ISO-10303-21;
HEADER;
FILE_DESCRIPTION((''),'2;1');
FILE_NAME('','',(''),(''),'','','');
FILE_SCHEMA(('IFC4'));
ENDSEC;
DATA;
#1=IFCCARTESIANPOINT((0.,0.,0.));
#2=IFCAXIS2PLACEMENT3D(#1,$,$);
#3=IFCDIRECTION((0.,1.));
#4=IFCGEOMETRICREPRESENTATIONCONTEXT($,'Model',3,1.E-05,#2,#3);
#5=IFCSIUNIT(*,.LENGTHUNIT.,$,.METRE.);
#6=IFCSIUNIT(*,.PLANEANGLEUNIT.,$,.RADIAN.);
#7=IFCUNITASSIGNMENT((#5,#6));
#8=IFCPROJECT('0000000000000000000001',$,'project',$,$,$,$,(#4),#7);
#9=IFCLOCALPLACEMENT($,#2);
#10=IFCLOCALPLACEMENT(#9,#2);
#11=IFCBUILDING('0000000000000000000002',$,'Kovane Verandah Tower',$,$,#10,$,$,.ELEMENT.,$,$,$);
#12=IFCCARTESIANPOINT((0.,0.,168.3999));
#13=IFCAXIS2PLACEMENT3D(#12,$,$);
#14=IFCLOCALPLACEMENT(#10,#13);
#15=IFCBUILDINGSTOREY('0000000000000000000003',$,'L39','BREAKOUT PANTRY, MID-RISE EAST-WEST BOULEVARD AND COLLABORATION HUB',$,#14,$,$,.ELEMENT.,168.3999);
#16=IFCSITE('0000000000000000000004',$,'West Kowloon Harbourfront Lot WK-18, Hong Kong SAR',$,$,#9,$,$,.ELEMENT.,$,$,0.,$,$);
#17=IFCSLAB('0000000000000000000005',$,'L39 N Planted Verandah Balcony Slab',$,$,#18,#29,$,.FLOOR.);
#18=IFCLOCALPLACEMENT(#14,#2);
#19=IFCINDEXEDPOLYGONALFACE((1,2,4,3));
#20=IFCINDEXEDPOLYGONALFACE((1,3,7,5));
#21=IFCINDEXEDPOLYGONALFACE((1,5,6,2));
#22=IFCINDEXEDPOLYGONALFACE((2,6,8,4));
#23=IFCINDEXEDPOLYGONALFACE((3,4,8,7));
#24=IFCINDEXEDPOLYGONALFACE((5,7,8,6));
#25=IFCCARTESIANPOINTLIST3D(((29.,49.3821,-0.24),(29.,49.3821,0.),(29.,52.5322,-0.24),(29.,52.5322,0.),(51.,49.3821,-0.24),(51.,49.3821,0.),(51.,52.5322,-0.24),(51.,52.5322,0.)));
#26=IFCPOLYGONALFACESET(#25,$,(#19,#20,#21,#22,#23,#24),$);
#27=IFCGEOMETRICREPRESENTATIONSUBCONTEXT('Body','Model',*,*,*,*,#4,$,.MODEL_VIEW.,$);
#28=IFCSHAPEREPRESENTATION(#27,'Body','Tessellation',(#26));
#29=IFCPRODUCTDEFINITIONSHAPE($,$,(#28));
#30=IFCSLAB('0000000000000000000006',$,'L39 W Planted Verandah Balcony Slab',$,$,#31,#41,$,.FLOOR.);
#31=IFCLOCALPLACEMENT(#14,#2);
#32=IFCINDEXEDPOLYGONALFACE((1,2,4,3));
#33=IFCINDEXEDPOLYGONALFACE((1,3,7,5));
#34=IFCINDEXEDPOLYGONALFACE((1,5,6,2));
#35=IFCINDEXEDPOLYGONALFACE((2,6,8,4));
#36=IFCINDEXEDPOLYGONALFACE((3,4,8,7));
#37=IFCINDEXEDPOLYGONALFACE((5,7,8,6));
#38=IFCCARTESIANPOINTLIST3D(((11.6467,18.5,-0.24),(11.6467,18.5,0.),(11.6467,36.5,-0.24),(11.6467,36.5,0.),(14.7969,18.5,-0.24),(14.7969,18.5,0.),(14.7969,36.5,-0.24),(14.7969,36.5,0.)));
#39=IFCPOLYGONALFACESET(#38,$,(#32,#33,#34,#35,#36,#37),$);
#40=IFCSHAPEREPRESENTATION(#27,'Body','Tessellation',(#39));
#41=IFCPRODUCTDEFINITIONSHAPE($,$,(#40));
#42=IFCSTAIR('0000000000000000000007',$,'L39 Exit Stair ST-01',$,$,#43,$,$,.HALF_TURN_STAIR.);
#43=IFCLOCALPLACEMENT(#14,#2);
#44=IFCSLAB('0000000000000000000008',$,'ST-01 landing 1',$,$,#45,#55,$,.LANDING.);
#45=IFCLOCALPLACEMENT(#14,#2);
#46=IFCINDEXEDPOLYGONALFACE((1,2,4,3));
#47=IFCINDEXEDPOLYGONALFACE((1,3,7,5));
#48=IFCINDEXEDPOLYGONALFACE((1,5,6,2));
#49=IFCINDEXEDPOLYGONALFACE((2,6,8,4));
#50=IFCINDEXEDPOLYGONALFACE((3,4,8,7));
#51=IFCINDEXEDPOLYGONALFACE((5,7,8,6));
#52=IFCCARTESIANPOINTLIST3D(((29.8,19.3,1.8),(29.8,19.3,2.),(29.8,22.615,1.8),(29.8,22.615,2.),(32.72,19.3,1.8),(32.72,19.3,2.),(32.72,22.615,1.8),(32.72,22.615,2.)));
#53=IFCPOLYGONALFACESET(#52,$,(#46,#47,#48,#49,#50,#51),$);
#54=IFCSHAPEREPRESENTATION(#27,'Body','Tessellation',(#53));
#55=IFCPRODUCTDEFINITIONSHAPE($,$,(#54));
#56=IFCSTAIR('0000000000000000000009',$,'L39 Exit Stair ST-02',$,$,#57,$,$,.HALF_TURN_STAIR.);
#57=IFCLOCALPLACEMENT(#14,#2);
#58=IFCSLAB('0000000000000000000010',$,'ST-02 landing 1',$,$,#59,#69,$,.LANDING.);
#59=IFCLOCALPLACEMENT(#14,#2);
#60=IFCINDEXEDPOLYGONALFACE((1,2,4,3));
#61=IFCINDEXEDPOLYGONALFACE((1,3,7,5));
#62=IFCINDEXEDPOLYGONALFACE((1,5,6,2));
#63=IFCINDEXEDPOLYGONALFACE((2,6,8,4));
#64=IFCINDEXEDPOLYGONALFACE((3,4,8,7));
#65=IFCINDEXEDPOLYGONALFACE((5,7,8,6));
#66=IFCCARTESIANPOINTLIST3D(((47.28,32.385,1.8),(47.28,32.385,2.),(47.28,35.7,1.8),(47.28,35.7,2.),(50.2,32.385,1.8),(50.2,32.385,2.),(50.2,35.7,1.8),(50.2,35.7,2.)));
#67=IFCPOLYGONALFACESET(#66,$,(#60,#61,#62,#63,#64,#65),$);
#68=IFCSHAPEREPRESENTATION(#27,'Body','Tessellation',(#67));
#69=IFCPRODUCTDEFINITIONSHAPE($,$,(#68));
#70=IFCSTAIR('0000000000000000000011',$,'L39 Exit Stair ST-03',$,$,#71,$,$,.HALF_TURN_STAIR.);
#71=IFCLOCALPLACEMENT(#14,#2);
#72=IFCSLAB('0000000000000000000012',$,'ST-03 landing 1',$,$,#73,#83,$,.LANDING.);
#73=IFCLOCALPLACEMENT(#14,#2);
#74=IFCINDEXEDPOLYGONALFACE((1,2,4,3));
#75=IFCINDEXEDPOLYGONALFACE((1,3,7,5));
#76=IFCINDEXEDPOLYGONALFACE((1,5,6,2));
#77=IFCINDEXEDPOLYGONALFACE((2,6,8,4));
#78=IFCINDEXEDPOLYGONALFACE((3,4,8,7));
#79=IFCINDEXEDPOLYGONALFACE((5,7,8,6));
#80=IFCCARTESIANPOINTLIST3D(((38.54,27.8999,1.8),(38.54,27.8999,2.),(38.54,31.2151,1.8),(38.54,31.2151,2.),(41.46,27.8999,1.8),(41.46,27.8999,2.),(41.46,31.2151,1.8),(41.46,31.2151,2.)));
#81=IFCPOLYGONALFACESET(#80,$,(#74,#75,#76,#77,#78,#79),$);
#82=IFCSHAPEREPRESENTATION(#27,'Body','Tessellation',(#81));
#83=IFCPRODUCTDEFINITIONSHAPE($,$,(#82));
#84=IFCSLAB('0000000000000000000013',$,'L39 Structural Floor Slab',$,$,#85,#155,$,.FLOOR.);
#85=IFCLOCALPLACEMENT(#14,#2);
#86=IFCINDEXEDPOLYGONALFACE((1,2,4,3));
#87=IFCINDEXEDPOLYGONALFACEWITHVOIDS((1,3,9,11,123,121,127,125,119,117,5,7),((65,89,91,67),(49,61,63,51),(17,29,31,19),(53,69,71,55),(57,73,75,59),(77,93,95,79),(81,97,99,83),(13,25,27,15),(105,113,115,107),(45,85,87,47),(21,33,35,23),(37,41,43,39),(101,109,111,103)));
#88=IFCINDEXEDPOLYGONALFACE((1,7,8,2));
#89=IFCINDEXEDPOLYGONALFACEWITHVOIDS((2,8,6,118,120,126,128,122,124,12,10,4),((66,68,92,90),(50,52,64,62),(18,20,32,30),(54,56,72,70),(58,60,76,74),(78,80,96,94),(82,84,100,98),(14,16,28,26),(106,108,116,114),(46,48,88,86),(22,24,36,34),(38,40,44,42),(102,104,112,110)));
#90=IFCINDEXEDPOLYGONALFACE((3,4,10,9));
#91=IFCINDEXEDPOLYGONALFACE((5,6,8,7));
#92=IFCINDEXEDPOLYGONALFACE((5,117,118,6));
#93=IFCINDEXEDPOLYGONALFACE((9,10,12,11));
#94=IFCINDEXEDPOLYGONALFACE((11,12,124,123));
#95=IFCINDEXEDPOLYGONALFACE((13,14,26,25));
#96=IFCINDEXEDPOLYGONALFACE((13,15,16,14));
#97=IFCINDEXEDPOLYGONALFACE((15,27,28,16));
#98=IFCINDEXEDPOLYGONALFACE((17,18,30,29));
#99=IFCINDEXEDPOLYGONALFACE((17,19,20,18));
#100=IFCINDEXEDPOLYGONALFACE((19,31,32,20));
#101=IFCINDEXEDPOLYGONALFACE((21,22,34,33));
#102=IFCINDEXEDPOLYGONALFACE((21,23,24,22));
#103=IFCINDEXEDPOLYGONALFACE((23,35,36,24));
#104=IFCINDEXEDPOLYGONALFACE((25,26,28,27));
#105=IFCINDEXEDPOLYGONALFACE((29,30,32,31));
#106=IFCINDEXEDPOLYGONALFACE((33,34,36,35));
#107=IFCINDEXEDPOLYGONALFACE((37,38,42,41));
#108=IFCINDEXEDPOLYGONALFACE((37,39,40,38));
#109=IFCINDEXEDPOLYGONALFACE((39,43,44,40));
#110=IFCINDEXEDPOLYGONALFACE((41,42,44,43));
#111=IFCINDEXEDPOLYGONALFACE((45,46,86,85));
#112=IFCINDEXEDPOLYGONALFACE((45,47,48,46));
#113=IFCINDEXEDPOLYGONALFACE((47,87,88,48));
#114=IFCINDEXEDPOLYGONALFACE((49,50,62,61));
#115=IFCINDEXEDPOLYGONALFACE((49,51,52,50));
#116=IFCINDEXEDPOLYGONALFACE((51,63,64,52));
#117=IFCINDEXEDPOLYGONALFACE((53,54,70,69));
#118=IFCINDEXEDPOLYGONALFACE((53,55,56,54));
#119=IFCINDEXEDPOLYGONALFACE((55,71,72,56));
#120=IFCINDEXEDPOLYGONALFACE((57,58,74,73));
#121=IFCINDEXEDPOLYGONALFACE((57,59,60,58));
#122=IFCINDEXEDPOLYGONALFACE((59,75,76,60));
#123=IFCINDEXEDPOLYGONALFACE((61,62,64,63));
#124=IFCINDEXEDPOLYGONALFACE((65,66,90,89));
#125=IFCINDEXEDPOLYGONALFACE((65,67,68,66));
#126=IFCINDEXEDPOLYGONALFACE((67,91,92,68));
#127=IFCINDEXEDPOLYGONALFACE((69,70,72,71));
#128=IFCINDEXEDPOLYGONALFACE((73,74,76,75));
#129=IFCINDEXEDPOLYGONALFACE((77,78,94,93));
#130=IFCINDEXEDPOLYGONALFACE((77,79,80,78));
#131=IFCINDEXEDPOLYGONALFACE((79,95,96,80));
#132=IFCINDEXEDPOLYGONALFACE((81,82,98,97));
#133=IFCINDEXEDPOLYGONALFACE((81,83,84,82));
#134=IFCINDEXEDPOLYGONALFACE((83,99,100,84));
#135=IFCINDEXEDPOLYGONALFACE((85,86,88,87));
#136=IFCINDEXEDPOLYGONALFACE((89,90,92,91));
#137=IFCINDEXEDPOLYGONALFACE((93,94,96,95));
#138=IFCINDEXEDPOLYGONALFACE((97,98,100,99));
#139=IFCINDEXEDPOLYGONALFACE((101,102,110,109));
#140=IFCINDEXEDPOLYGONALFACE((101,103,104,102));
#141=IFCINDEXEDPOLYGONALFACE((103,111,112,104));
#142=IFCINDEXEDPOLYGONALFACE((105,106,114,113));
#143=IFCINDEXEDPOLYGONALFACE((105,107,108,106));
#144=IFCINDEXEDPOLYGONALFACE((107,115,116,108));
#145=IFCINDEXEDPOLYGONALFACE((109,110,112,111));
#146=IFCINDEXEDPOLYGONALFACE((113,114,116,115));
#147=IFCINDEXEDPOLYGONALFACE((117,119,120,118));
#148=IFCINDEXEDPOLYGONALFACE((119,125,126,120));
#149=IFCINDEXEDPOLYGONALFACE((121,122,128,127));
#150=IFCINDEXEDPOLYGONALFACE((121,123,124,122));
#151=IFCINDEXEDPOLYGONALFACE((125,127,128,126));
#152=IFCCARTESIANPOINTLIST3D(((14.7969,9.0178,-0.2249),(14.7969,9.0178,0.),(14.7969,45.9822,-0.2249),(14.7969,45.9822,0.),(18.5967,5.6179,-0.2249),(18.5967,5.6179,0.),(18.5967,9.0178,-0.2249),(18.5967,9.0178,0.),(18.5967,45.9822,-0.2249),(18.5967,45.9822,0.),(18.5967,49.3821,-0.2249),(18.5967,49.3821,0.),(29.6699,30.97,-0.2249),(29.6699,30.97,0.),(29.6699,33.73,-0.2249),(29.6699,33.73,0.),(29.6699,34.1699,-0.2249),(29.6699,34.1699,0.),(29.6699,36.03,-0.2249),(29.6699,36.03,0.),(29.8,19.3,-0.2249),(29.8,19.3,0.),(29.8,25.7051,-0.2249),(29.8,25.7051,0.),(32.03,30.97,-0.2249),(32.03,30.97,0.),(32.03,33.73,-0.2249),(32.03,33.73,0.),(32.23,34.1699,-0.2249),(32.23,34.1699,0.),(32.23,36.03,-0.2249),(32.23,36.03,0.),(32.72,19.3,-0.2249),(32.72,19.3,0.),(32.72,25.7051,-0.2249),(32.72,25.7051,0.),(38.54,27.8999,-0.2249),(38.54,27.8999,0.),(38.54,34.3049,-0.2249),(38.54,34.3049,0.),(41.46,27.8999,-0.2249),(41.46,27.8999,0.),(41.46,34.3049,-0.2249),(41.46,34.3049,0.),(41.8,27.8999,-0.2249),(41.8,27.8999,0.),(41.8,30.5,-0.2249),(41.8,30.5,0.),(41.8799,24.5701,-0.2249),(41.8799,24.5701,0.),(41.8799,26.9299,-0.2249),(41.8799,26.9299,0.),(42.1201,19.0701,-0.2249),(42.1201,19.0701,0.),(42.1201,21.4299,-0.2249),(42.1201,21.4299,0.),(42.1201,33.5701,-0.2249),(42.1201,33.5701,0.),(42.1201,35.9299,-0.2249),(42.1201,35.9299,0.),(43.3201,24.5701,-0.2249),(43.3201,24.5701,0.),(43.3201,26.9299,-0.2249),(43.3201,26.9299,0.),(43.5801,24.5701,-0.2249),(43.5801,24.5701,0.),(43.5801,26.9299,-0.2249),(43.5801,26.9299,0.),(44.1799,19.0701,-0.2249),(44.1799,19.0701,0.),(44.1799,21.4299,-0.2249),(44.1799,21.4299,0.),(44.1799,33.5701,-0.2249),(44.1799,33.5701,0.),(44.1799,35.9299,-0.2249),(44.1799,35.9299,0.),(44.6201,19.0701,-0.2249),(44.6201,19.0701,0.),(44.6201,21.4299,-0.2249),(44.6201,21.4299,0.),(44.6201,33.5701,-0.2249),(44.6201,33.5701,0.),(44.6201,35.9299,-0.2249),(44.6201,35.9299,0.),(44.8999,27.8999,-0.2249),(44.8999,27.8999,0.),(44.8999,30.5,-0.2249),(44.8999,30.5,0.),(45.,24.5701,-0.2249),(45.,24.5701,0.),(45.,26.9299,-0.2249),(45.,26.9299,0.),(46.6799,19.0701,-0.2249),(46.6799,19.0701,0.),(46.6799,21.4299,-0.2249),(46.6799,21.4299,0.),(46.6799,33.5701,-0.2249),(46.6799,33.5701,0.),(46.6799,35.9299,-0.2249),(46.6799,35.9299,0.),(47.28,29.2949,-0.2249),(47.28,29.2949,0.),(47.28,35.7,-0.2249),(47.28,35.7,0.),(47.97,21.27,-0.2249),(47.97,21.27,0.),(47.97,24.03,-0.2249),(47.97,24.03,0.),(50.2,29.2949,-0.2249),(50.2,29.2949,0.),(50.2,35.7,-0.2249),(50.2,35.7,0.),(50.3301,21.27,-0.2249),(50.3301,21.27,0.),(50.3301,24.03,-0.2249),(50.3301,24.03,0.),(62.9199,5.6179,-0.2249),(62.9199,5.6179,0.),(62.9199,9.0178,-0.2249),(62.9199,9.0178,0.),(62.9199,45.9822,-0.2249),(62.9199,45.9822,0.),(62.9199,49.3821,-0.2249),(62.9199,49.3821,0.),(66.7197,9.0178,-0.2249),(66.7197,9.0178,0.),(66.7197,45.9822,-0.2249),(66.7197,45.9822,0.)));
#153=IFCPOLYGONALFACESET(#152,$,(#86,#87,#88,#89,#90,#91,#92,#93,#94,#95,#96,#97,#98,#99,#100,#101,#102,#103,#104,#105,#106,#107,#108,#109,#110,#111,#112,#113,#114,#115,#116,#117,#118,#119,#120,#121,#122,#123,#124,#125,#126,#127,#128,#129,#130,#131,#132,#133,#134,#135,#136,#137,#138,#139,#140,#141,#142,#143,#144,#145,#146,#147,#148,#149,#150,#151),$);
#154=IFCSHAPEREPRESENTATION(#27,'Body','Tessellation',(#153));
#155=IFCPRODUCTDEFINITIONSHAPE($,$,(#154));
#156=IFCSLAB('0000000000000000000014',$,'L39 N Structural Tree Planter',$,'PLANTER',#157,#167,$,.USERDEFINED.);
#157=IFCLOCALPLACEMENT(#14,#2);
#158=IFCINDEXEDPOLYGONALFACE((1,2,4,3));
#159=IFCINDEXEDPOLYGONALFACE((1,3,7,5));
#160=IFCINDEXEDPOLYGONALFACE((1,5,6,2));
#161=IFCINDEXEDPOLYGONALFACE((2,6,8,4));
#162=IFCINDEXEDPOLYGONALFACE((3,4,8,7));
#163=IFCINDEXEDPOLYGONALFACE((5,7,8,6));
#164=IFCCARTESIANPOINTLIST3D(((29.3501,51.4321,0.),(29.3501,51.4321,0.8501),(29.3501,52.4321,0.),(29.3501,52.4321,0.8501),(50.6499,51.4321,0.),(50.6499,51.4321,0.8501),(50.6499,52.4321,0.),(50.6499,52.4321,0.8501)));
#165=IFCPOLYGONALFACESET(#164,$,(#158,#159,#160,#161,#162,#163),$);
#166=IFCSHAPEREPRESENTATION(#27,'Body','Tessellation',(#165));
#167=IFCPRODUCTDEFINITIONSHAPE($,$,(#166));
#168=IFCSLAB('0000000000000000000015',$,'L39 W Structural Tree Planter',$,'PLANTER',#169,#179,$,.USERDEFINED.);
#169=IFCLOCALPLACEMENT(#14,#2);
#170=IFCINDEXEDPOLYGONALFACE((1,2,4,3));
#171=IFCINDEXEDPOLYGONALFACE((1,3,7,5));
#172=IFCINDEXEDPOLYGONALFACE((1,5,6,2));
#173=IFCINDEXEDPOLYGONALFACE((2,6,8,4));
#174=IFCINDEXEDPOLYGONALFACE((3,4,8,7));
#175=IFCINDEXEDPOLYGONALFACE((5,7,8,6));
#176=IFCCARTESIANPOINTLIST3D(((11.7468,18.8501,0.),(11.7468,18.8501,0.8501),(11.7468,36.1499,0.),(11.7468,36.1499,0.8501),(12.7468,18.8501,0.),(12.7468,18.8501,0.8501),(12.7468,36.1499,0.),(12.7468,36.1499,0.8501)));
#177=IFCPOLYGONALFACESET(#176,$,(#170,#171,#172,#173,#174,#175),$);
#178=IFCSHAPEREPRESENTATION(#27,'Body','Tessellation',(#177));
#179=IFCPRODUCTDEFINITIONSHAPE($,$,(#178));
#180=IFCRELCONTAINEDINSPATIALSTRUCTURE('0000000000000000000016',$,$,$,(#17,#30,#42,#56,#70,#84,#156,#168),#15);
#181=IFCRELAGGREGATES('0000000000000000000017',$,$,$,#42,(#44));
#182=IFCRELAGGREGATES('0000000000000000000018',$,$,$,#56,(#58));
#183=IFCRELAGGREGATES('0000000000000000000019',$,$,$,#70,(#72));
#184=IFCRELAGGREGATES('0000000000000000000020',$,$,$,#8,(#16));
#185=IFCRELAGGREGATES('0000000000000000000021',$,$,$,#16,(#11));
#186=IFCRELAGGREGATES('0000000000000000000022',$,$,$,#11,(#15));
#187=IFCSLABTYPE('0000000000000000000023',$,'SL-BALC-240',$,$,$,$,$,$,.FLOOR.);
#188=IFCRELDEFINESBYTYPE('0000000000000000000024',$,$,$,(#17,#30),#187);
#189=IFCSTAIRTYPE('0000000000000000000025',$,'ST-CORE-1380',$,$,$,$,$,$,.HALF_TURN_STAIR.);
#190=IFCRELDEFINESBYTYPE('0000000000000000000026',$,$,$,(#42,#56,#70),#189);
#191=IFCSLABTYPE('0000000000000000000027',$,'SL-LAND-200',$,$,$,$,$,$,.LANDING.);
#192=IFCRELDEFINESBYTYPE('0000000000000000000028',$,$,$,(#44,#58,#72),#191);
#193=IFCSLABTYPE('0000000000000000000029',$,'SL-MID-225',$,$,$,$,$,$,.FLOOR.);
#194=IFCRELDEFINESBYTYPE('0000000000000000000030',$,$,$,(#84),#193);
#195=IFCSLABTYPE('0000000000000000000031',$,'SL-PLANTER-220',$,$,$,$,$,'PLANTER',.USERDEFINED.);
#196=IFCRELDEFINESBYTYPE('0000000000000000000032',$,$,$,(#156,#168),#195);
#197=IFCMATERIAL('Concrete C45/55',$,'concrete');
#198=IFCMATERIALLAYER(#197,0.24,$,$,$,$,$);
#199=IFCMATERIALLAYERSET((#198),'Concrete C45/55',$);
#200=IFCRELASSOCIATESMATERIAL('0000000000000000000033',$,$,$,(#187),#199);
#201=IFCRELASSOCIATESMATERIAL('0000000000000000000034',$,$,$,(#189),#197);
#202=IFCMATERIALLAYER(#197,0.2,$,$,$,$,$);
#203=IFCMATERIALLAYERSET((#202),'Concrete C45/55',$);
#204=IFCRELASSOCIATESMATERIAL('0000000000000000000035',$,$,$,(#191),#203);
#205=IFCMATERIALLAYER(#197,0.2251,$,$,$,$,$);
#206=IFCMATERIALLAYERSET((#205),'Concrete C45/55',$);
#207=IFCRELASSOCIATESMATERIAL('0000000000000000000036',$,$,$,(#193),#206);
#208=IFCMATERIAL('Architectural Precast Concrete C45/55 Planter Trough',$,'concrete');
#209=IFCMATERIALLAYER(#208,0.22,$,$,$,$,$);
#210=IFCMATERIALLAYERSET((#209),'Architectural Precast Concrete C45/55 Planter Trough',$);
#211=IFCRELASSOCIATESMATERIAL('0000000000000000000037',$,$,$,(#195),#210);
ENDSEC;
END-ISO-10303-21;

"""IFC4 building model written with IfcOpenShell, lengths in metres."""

from ifc_helpers import new_model, si_unit, direction, frame, origin, place, context, subcontext, project, spatial, polyline, outline, extrude, material, layer, layer_set, type_object, element, aggregate, save


model = new_model("IFC4")

# Units and contexts
model_context = context("Model", 3, precision=1e-05, world=origin(), true_north=direction((0.0, 1.0)))
body_context = subcontext(model_context, "Body", "Model", "MODEL_VIEW")
ifc_project = project(units=[si_unit("LENGTHUNIT", "METRE"), si_unit("PLANEANGLEUNIT", "RADIAN")], contexts=[model_context])

# Site, building, storey
site_placement = place(None, origin())
site = spatial("IfcSite", under=ifc_project, at=site_placement, Name="West Kowloon Harbourfront Lot WK-18, Hong Kong SAR", CompositionType="ELEMENT", RefElevation=0.0)
building_placement = place(site_placement, origin())
building = spatial("IfcBuilding", under=site, at=building_placement, Name="Kovane Verandah Tower", CompositionType="ELEMENT")
storey_placement = place(building_placement, frame((0.0, 0.0, 168.3999)))
storey = spatial("IfcBuildingStorey", under=building, at=storey_placement, Name="L39", Description="BREAKOUT PANTRY, MID-RISE EAST-WEST BOULEVARD AND COLLABORATION HUB", CompositionType="ELEMENT", Elevation=168.3999)

# Slabs
ifc_material_1 = material(Name="Concrete C45/55", Category="concrete")
ifc_layer_1 = layer(ifc_material_1, 0.24)
ifc_layer_set_1 = layer_set([ifc_layer_1], Name="Concrete C45/55")
slab_type_1 = type_object("IfcSlabType", Name="SL-BALC-240", PredefinedType="FLOOR", material=ifc_layer_set_1)
slab_1_placement = place(storey_placement, frame((0.0, 0.0, -0.24)))
element("IfcSlab", 1, at=slab_1_placement, inside=storey, type_object=slab_type_1, Name="L39 N Planted Verandah Balcony Slab", PredefinedType="FLOOR", context=body_context, shape_type="SweptSolid", body=[
    extrude(outline(polyline([(29.0, 49.3821), (51.0, 49.3821), (51.0, 52.5322), (29.0, 52.5322), (29.0, 49.3821)])), origin(), (0.0, 0.0, 1.0), 0.24),
])
slab_2_placement = place(storey_placement, frame((0.0, 0.0, -0.24)))
element("IfcSlab", 2, at=slab_2_placement, inside=storey, type_object=slab_type_1, Name="L39 W Planted Verandah Balcony Slab", PredefinedType="FLOOR", context=body_context, shape_type="SweptSolid", body=[
    extrude(outline(polyline([(11.6467, 18.5), (14.7969, 18.5), (14.7969, 36.5), (11.6467, 36.5), (11.6467, 18.5)])), origin(), (0.0, 0.0, 1.0), 0.24),
])

# Stairs, slabs
stair_type = type_object("IfcStairType", Name="ST-CORE-1380", PredefinedType="HALF_TURN_STAIR", material=ifc_material_1)
stair_1_placement = place(storey_placement, origin())
stair_1 = element("IfcStair", 3, at=stair_1_placement, inside=storey, type_object=stair_type, Name="L39 Exit Stair ST-01", PredefinedType="HALF_TURN_STAIR")
ifc_layer_2 = layer(ifc_material_1, 0.2)
ifc_layer_set_2 = layer_set([ifc_layer_2], Name="Concrete C45/55")
slab_type_2 = type_object("IfcSlabType", Name="SL-LAND-200", PredefinedType="LANDING", material=ifc_layer_set_2)
slab_3_placement = place(storey_placement, frame((0.0, 0.0, 1.8)))
slab_3 = element("IfcSlab", 4, at=slab_3_placement, type_object=slab_type_2, Name="ST-01 landing 1", PredefinedType="LANDING", context=body_context, shape_type="SweptSolid", body=[
    extrude(outline(polyline([(29.8, 22.615), (29.8, 19.3), (32.72, 19.3), (32.72, 22.615), (29.8, 22.615)])), origin(), (0.0, 0.0, 1.0), 0.2),
])
aggregate(stair_1, [slab_3])
stair_2_placement = place(storey_placement, origin())
stair_2 = element("IfcStair", 5, at=stair_2_placement, inside=storey, type_object=stair_type, Name="L39 Exit Stair ST-02", PredefinedType="HALF_TURN_STAIR")
slab_4_placement = place(storey_placement, frame((0.0, 0.0, 1.8)))
slab_4 = element("IfcSlab", 6, at=slab_4_placement, type_object=slab_type_2, Name="ST-02 landing 1", PredefinedType="LANDING", context=body_context, shape_type="SweptSolid", body=[
    extrude(outline(polyline([(50.2, 32.385), (50.2, 35.7), (47.28, 35.7), (47.28, 32.385), (50.2, 32.385)])), origin(), (0.0, 0.0, 1.0), 0.2),
])
aggregate(stair_2, [slab_4])
stair_3_placement = place(storey_placement, origin())
stair_3 = element("IfcStair", 7, at=stair_3_placement, inside=storey, type_object=stair_type, Name="L39 Exit Stair ST-03", PredefinedType="HALF_TURN_STAIR")
slab_5_placement = place(storey_placement, frame((0.0, 0.0, 1.8)))
slab_5 = element("IfcSlab", 8, at=slab_5_placement, type_object=slab_type_2, Name="ST-03 landing 1", PredefinedType="LANDING", context=body_context, shape_type="SweptSolid", body=[
    extrude(outline(polyline([(38.54, 31.2151), (38.54, 27.8999), (41.46, 27.8999), (41.46, 31.2151), (38.54, 31.2151)])), origin(), (0.0, 0.0, 1.0), 0.2),
])
aggregate(stair_3, [slab_5])

# Slabs
ifc_layer_3 = layer(ifc_material_1, 0.2251)
ifc_layer_set_3 = layer_set([ifc_layer_3], Name="Concrete C45/55")
slab_type_3 = type_object("IfcSlabType", Name="SL-MID-225", PredefinedType="FLOOR", material=ifc_layer_set_3)
slab_6_placement = place(storey_placement, frame((0.0, 0.0, -0.2249)))
element("IfcSlab", 9, at=slab_6_placement, inside=storey, type_object=slab_type_3, Name="L39 Structural Floor Slab", PredefinedType="FLOOR", context=body_context, shape_type="SweptSolid", body=[
    extrude(outline(polyline([(18.5967, 5.6179), (62.9199, 5.6179), (62.9199, 9.0178), (66.7197, 9.0178), (66.7197, 45.9822), (62.9199, 45.9822), (62.9199, 49.3821), (18.5967, 49.3821), (18.5967, 45.9822), (14.7969, 45.9822), (14.7969, 9.0178), (18.5967, 9.0178), (18.5967, 5.6179)]), holes=[polyline([(29.8, 19.3), (32.72, 19.3), (32.72, 25.7051), (29.8, 25.7051), (29.8, 19.3)]), polyline([(47.28, 29.2949), (50.2, 29.2949), (50.2, 35.7), (47.28, 35.7), (47.28, 29.2949)]), polyline([(38.54, 27.8999), (41.46, 27.8999), (41.46, 34.3049), (38.54, 34.3049), (38.54, 27.8999)]), polyline([(29.6699, 30.97), (32.03, 30.97), (32.03, 33.73), (29.6699, 33.73), (29.6699, 30.97)]), polyline([(47.97, 21.27), (50.3301, 21.27), (50.3301, 24.03), (47.97, 24.03), (47.97, 21.27)]), polyline([(29.6699, 34.1699), (32.23, 34.1699), (32.23, 36.03), (29.6699, 36.03), (29.6699, 34.1699)]), polyline([(42.1201, 19.0701), (44.1799, 19.0701), (44.1799, 21.4299), (42.1201, 21.4299), (42.1201, 19.0701)]), polyline([(44.6201, 19.0701), (46.6799, 19.0701), (46.6799, 21.4299), (44.6201, 21.4299), (44.6201, 19.0701)]), polyline([(41.8799, 24.5701), (43.3201, 24.5701), (43.3201, 26.9299), (41.8799, 26.9299), (41.8799, 24.5701)]), polyline([(43.5801, 24.5701), (45.0, 24.5701), (45.0, 26.9299), (43.5801, 26.9299), (43.5801, 24.5701)]), polyline([(42.1201, 33.5701), (44.1799, 33.5701), (44.1799, 35.9299), (42.1201, 35.9299), (42.1201, 33.5701)]), polyline([(44.6201, 33.5701), (46.6799, 33.5701), (46.6799, 35.9299), (44.6201, 35.9299), (44.6201, 33.5701)]), polyline([(41.8, 27.8999), (44.8999, 27.8999), (44.8999, 30.5), (41.8, 30.5), (41.8, 27.8999)])]), origin(), (0.0, 0.0, 1.0), 0.2249),
])
ifc_material_2 = material(Name="Architectural Precast Concrete C45/55 Planter Trough", Category="concrete")
ifc_layer_4 = layer(ifc_material_2, 0.22)
ifc_layer_set_4 = layer_set([ifc_layer_4], Name="Architectural Precast Concrete C45/55 Planter Trough")
slab_type_4 = type_object("IfcSlabType", Name="SL-PLANTER-220", ElementType="PLANTER", PredefinedType="USERDEFINED", material=ifc_layer_set_4)
slab_7_placement = place(storey_placement, origin())
element("IfcSlab", 10, at=slab_7_placement, inside=storey, type_object=slab_type_4, Name="L39 N Structural Tree Planter", ObjectType="PLANTER", PredefinedType="USERDEFINED", context=body_context, shape_type="SweptSolid", body=[
    extrude(outline(polyline([(29.3501, 51.4321), (50.6499, 51.4321), (50.6499, 52.4321), (29.3501, 52.4321), (29.3501, 51.4321)])), origin(), (0.0, 0.0, 1.0), 0.8501),
])
slab_8_placement = place(storey_placement, origin())
element("IfcSlab", 11, at=slab_8_placement, inside=storey, type_object=slab_type_4, Name="L39 W Structural Tree Planter", ObjectType="PLANTER", PredefinedType="USERDEFINED", context=body_context, shape_type="SweptSolid", body=[
    extrude(outline(polyline([(11.7468, 18.8501), (12.7468, 18.8501), (12.7468, 36.1499), (11.7468, 36.1499), (11.7468, 18.8501)])), origin(), (0.0, 0.0, 1.0), 0.8501),
])

save(model, "model.ifc")
